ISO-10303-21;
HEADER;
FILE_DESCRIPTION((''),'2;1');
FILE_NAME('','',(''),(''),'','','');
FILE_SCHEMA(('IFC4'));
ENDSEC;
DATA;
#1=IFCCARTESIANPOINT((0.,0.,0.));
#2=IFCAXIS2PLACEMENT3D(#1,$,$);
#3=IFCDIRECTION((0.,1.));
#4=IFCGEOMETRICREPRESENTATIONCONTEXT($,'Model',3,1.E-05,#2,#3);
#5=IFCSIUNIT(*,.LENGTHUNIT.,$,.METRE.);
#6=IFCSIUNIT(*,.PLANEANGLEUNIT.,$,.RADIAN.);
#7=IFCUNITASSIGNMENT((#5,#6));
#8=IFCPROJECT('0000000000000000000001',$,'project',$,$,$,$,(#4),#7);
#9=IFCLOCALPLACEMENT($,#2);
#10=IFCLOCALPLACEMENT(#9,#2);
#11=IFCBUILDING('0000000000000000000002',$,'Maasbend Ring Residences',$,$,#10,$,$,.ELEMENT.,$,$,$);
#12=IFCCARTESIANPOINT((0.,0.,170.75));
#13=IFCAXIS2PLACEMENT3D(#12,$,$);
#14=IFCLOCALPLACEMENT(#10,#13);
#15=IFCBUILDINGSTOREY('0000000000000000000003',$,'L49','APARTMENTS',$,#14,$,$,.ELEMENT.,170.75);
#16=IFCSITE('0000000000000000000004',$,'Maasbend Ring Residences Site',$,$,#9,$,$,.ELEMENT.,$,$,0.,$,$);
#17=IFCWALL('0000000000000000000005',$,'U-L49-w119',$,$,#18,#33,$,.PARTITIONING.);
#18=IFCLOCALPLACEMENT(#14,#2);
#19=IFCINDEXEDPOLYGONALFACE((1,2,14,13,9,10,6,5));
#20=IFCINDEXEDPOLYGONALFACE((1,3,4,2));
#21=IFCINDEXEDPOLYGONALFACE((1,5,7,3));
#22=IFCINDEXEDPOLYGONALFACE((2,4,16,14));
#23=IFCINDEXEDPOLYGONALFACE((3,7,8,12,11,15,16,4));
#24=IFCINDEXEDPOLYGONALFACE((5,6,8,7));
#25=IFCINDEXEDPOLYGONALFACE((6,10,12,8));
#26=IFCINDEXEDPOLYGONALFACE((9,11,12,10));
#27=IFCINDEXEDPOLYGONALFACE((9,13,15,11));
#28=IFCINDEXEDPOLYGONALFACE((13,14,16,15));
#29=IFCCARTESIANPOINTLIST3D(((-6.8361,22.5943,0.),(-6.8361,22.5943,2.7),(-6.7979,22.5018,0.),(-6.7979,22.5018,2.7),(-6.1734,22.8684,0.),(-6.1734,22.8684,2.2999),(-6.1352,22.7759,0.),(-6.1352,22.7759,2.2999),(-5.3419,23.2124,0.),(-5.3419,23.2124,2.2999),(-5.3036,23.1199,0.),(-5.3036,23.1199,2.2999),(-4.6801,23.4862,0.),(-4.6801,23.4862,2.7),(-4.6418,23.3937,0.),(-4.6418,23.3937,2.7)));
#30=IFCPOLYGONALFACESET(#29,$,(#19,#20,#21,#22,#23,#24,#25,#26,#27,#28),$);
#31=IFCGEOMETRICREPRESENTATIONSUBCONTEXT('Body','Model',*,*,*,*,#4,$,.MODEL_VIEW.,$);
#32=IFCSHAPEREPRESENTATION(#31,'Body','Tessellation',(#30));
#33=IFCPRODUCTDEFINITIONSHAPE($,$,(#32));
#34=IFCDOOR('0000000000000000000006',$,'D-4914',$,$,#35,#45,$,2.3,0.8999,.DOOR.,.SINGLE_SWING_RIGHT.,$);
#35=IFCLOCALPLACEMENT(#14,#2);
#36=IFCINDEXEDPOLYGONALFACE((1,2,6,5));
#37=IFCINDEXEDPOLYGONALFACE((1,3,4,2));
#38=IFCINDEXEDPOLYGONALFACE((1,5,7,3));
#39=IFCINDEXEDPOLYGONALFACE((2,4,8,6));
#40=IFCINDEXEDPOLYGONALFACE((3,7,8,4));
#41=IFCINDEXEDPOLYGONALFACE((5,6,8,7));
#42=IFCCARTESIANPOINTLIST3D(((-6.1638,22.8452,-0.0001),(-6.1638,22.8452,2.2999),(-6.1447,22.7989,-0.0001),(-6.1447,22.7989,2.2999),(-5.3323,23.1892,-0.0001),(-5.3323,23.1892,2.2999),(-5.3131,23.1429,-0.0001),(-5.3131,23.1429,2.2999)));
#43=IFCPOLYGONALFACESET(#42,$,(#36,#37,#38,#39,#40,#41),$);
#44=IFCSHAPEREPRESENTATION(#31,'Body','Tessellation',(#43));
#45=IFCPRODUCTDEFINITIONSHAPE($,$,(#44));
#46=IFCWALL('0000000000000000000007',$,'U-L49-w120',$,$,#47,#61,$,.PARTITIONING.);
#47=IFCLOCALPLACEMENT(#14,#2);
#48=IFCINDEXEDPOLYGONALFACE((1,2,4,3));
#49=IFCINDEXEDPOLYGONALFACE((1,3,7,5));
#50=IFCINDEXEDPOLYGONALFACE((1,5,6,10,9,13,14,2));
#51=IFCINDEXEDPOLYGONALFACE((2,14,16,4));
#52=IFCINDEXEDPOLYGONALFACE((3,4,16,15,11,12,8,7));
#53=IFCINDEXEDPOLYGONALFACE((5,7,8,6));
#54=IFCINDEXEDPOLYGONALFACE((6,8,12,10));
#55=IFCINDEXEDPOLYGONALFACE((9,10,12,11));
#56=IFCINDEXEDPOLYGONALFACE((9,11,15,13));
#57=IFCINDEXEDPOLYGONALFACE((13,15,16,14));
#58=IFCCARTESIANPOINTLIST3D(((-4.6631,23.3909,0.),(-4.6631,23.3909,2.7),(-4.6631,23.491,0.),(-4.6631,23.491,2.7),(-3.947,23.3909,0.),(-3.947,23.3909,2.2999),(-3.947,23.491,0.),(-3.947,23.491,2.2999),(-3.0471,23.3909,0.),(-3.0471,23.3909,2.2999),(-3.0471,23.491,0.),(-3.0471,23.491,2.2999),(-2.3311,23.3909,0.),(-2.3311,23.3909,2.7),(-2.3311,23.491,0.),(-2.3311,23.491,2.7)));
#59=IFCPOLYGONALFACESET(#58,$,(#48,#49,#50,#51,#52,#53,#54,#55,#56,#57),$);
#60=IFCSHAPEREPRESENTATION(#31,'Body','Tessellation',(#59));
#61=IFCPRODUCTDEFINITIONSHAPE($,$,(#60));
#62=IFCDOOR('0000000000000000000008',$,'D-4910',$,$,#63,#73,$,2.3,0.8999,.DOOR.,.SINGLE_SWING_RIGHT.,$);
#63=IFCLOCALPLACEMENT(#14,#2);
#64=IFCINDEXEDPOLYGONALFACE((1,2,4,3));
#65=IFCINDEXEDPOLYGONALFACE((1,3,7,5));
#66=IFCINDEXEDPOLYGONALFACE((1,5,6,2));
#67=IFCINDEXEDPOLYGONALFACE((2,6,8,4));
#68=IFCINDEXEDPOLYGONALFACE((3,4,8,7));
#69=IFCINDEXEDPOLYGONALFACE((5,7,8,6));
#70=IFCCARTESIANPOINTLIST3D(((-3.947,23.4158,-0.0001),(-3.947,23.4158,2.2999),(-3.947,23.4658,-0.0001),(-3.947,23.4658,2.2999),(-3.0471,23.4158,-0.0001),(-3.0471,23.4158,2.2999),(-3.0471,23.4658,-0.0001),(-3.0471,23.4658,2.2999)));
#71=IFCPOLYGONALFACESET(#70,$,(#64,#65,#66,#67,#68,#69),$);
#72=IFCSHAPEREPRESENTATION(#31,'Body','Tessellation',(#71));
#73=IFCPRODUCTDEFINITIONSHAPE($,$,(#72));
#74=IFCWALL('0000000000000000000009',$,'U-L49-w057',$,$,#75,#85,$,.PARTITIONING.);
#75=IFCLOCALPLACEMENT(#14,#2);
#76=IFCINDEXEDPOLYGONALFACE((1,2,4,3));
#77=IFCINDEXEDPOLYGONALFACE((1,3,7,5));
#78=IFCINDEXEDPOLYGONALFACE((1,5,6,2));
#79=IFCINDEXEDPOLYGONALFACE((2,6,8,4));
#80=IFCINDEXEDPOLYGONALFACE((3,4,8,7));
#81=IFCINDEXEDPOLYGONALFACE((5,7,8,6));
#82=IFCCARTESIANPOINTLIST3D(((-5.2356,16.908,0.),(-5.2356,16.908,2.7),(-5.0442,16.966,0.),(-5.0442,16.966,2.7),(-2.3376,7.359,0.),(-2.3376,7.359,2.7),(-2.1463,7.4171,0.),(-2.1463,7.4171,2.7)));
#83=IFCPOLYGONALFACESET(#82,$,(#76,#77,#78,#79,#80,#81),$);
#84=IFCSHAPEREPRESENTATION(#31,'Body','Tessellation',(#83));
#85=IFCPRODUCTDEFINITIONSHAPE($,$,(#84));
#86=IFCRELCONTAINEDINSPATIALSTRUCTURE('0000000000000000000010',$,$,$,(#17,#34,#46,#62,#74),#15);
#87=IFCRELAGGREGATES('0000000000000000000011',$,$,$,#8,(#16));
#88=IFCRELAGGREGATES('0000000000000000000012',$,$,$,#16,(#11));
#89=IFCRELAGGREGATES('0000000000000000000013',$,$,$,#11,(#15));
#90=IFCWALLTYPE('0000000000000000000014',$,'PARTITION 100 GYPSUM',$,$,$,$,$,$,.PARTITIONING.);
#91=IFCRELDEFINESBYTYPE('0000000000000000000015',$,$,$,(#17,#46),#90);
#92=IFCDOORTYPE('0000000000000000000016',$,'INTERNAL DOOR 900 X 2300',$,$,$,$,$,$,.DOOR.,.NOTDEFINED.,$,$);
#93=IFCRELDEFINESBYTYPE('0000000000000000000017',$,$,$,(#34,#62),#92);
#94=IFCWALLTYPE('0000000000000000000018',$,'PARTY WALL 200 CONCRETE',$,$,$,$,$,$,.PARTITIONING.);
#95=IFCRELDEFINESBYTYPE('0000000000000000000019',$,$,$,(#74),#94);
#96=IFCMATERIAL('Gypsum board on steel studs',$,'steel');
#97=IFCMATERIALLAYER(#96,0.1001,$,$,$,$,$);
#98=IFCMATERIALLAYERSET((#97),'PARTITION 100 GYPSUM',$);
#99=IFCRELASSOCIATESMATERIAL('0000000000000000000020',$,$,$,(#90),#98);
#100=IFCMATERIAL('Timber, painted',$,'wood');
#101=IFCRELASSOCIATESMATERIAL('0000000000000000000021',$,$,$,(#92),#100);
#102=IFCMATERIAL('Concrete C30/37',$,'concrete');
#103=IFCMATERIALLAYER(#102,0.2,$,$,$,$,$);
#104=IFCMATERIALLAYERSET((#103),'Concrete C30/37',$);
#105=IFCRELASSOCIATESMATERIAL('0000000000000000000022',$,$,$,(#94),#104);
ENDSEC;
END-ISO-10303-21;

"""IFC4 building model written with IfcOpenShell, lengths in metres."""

from ifc_helpers import new_model, si_unit, direction, frame, frame_2d, origin, place, context, subcontext, project, spatial, rectangle, extrude, material, layer, layer_set, type_object, element, fill, save


model = new_model("IFC4")

# Units and contexts
model_context = context("Model", 3, precision=1e-05, world=origin(), true_north=direction((0.0, 1.0)))
body_context = subcontext(model_context, "Body", "Model", "MODEL_VIEW")
ifc_project = project(units=[si_unit("LENGTHUNIT", "METRE"), si_unit("PLANEANGLEUNIT", "RADIAN")], contexts=[model_context])

# Site, building, storey
site_placement = place(None, origin())
site = spatial("IfcSite", under=ifc_project, at=site_placement, Name="Maasbend Ring Residences Site", CompositionType="ELEMENT", RefElevation=0.0)
building_placement = place(site_placement, origin())
building = spatial("IfcBuilding", under=site, at=building_placement, Name="Maasbend Ring Residences", CompositionType="ELEMENT")
storey_placement = place(building_placement, frame((0.0, 0.0, 170.75)))
storey = spatial("IfcBuildingStorey", under=building, at=storey_placement, Name="L49", Description="APARTMENTS", CompositionType="ELEMENT", Elevation=170.75)

# Shared definitions
ifc_material_1 = material(Name="Gypsum board on steel studs", Category="steel")
ifc_layer_1 = layer(ifc_material_1, 0.1001)
ifc_layer_set_1 = layer_set([ifc_layer_1], Name="PARTITION 100 GYPSUM")
wall_type_1 = type_object("IfcWallType", Name="PARTITION 100 GYPSUM", PredefinedType="PARTITIONING", material=ifc_layer_set_1)
ifc_material_2 = material(Name="Timber, painted", Category="wood")
door_type_1 = type_object("IfcDoorType", Name="INTERNAL DOOR 900 X 2300", OperationType="NOTDEFINED", PredefinedType="DOOR", material=ifc_material_2)

# Walls, openings, doors
wall_1_placement = place(storey_placement, frame((-6.8169, 22.5481, 0.0), z_axis=(0.0, 0.0, 1.0), x_axis=(0.924061, 0.382244, 0.0)))
wall_1 = element("IfcWall", 1, at=wall_1_placement, inside=storey, type_object=wall_type_1, Name="U-L49-w119", PredefinedType="PARTITIONING", context=body_context, shape_type="SweptSolid", body=[
    extrude(rectangle(XDim=2.3333, YDim=0.1001, at=frame_2d((1.1665, 0.0))), origin(), (0.0, 0.0, 1.0), 2.7),
])
opening_1_placement = place(wall_1_placement, frame((0.717, 0.0, 0.0)))
opening_1 = element("IfcOpeningElement", 2, at=opening_1_placement, cuts=wall_1, PredefinedType="OPENING", context=body_context, shape_type="SweptSolid", body=[
    extrude(rectangle(XDim=0.8999, YDim=2.3, at=frame_2d((0.45, 1.1499))), frame((0.0, 0.0601, 0.0), z_axis=(0.0, -1.0, 0.0), x_axis=(1.0, 0.0, 0.0)), (0.0, 0.0, 1.0), 0.1201),
])
door_1_placement = place(opening_1_placement, origin())
door_1 = element("IfcDoor", 3, at=door_1_placement, inside=storey, type_object=door_type_1, Name="D-4914", OperationType="SINGLE_SWING_RIGHT", OverallHeight=2.3, OverallWidth=0.8999, PredefinedType="DOOR", context=body_context, shape_type="SweptSolid", body=[
    extrude(rectangle(XDim=0.8999, YDim=2.3, at=frame_2d((0.45, 1.1499))), frame((0.0, 0.0249, 0.0), z_axis=(0.0, -1.0, 0.0), x_axis=(1.0, 0.0, 0.0)), (0.0, 0.0, 1.0), 0.05),
])
fill(opening_1, door_1)
wall_2_placement = place(storey_placement, frame((-4.6631, 23.4409, 0.0), z_axis=(0.0, 0.0, 1.0), x_axis=(1.0, 0.0, 0.0)))
wall_2 = element("IfcWall", 4, at=wall_2_placement, inside=storey, type_object=wall_type_1, Name="U-L49-w120", PredefinedType="PARTITIONING", context=body_context, shape_type="SweptSolid", body=[
    extrude(rectangle(XDim=2.332, YDim=0.1001, at=frame_2d((1.166, 0.0))), origin(), (0.0, 0.0, 1.0), 2.7),
])
opening_2_placement = place(wall_2_placement, frame((0.7161, 0.0, 0.0)))
opening_2 = element("IfcOpeningElement", 5, at=opening_2_placement, cuts=wall_2, PredefinedType="OPENING", context=body_context, shape_type="SweptSolid", body=[
    extrude(rectangle(XDim=0.8999, YDim=2.3, at=frame_2d((0.45, 1.1499))), frame((0.0, 0.0601, 0.0), z_axis=(0.0, -1.0, 0.0), x_axis=(1.0, 0.0, 0.0)), (0.0, 0.0, 1.0), 0.1201),
])
door_2_placement = place(opening_2_placement, origin())
door_2 = element("IfcDoor", 6, at=door_2_placement, inside=storey, type_object=door_type_1, Name="D-4910", OperationType="SINGLE_SWING_RIGHT", OverallHeight=2.3, OverallWidth=0.8999, PredefinedType="DOOR", context=body_context, shape_type="SweptSolid", body=[
    extrude(rectangle(XDim=0.8999, YDim=2.3, at=frame_2d((0.45, 1.1499))), frame((0.0, 0.0249, 0.0), z_axis=(0.0, -1.0, 0.0), x_axis=(1.0, 0.0, 0.0)), (0.0, 0.0, 1.0), 0.05),
])
fill(opening_2, door_2)

# Wall
ifc_material_3 = material(Name="Concrete C30/37", Category="concrete")
ifc_layer_2 = layer(ifc_material_3, 0.2)
ifc_layer_set_2 = layer_set([ifc_layer_2], Name="Concrete C30/37")
wall_type_2 = type_object("IfcWallType", Name="PARTY WALL 200 CONCRETE", PredefinedType="PARTITIONING", material=ifc_layer_set_2)
wall_3_placement = place(storey_placement, frame((-5.1399, 16.937, 0.0), z_axis=(0.0, 0.0, 1.0), x_axis=(0.290401, -0.956905, 0.0)))
element("IfcWall", 7, at=wall_3_placement, inside=storey, type_object=wall_type_2, Name="U-L49-w057", PredefinedType="PARTITIONING", context=body_context, shape_type="SweptSolid", body=[
    extrude(rectangle(XDim=9.979, YDim=0.2, at=frame_2d((4.9895, 0.0))), origin(), (0.0, 0.0, 1.0), 2.7),
])

save(model, "model.ifc")
